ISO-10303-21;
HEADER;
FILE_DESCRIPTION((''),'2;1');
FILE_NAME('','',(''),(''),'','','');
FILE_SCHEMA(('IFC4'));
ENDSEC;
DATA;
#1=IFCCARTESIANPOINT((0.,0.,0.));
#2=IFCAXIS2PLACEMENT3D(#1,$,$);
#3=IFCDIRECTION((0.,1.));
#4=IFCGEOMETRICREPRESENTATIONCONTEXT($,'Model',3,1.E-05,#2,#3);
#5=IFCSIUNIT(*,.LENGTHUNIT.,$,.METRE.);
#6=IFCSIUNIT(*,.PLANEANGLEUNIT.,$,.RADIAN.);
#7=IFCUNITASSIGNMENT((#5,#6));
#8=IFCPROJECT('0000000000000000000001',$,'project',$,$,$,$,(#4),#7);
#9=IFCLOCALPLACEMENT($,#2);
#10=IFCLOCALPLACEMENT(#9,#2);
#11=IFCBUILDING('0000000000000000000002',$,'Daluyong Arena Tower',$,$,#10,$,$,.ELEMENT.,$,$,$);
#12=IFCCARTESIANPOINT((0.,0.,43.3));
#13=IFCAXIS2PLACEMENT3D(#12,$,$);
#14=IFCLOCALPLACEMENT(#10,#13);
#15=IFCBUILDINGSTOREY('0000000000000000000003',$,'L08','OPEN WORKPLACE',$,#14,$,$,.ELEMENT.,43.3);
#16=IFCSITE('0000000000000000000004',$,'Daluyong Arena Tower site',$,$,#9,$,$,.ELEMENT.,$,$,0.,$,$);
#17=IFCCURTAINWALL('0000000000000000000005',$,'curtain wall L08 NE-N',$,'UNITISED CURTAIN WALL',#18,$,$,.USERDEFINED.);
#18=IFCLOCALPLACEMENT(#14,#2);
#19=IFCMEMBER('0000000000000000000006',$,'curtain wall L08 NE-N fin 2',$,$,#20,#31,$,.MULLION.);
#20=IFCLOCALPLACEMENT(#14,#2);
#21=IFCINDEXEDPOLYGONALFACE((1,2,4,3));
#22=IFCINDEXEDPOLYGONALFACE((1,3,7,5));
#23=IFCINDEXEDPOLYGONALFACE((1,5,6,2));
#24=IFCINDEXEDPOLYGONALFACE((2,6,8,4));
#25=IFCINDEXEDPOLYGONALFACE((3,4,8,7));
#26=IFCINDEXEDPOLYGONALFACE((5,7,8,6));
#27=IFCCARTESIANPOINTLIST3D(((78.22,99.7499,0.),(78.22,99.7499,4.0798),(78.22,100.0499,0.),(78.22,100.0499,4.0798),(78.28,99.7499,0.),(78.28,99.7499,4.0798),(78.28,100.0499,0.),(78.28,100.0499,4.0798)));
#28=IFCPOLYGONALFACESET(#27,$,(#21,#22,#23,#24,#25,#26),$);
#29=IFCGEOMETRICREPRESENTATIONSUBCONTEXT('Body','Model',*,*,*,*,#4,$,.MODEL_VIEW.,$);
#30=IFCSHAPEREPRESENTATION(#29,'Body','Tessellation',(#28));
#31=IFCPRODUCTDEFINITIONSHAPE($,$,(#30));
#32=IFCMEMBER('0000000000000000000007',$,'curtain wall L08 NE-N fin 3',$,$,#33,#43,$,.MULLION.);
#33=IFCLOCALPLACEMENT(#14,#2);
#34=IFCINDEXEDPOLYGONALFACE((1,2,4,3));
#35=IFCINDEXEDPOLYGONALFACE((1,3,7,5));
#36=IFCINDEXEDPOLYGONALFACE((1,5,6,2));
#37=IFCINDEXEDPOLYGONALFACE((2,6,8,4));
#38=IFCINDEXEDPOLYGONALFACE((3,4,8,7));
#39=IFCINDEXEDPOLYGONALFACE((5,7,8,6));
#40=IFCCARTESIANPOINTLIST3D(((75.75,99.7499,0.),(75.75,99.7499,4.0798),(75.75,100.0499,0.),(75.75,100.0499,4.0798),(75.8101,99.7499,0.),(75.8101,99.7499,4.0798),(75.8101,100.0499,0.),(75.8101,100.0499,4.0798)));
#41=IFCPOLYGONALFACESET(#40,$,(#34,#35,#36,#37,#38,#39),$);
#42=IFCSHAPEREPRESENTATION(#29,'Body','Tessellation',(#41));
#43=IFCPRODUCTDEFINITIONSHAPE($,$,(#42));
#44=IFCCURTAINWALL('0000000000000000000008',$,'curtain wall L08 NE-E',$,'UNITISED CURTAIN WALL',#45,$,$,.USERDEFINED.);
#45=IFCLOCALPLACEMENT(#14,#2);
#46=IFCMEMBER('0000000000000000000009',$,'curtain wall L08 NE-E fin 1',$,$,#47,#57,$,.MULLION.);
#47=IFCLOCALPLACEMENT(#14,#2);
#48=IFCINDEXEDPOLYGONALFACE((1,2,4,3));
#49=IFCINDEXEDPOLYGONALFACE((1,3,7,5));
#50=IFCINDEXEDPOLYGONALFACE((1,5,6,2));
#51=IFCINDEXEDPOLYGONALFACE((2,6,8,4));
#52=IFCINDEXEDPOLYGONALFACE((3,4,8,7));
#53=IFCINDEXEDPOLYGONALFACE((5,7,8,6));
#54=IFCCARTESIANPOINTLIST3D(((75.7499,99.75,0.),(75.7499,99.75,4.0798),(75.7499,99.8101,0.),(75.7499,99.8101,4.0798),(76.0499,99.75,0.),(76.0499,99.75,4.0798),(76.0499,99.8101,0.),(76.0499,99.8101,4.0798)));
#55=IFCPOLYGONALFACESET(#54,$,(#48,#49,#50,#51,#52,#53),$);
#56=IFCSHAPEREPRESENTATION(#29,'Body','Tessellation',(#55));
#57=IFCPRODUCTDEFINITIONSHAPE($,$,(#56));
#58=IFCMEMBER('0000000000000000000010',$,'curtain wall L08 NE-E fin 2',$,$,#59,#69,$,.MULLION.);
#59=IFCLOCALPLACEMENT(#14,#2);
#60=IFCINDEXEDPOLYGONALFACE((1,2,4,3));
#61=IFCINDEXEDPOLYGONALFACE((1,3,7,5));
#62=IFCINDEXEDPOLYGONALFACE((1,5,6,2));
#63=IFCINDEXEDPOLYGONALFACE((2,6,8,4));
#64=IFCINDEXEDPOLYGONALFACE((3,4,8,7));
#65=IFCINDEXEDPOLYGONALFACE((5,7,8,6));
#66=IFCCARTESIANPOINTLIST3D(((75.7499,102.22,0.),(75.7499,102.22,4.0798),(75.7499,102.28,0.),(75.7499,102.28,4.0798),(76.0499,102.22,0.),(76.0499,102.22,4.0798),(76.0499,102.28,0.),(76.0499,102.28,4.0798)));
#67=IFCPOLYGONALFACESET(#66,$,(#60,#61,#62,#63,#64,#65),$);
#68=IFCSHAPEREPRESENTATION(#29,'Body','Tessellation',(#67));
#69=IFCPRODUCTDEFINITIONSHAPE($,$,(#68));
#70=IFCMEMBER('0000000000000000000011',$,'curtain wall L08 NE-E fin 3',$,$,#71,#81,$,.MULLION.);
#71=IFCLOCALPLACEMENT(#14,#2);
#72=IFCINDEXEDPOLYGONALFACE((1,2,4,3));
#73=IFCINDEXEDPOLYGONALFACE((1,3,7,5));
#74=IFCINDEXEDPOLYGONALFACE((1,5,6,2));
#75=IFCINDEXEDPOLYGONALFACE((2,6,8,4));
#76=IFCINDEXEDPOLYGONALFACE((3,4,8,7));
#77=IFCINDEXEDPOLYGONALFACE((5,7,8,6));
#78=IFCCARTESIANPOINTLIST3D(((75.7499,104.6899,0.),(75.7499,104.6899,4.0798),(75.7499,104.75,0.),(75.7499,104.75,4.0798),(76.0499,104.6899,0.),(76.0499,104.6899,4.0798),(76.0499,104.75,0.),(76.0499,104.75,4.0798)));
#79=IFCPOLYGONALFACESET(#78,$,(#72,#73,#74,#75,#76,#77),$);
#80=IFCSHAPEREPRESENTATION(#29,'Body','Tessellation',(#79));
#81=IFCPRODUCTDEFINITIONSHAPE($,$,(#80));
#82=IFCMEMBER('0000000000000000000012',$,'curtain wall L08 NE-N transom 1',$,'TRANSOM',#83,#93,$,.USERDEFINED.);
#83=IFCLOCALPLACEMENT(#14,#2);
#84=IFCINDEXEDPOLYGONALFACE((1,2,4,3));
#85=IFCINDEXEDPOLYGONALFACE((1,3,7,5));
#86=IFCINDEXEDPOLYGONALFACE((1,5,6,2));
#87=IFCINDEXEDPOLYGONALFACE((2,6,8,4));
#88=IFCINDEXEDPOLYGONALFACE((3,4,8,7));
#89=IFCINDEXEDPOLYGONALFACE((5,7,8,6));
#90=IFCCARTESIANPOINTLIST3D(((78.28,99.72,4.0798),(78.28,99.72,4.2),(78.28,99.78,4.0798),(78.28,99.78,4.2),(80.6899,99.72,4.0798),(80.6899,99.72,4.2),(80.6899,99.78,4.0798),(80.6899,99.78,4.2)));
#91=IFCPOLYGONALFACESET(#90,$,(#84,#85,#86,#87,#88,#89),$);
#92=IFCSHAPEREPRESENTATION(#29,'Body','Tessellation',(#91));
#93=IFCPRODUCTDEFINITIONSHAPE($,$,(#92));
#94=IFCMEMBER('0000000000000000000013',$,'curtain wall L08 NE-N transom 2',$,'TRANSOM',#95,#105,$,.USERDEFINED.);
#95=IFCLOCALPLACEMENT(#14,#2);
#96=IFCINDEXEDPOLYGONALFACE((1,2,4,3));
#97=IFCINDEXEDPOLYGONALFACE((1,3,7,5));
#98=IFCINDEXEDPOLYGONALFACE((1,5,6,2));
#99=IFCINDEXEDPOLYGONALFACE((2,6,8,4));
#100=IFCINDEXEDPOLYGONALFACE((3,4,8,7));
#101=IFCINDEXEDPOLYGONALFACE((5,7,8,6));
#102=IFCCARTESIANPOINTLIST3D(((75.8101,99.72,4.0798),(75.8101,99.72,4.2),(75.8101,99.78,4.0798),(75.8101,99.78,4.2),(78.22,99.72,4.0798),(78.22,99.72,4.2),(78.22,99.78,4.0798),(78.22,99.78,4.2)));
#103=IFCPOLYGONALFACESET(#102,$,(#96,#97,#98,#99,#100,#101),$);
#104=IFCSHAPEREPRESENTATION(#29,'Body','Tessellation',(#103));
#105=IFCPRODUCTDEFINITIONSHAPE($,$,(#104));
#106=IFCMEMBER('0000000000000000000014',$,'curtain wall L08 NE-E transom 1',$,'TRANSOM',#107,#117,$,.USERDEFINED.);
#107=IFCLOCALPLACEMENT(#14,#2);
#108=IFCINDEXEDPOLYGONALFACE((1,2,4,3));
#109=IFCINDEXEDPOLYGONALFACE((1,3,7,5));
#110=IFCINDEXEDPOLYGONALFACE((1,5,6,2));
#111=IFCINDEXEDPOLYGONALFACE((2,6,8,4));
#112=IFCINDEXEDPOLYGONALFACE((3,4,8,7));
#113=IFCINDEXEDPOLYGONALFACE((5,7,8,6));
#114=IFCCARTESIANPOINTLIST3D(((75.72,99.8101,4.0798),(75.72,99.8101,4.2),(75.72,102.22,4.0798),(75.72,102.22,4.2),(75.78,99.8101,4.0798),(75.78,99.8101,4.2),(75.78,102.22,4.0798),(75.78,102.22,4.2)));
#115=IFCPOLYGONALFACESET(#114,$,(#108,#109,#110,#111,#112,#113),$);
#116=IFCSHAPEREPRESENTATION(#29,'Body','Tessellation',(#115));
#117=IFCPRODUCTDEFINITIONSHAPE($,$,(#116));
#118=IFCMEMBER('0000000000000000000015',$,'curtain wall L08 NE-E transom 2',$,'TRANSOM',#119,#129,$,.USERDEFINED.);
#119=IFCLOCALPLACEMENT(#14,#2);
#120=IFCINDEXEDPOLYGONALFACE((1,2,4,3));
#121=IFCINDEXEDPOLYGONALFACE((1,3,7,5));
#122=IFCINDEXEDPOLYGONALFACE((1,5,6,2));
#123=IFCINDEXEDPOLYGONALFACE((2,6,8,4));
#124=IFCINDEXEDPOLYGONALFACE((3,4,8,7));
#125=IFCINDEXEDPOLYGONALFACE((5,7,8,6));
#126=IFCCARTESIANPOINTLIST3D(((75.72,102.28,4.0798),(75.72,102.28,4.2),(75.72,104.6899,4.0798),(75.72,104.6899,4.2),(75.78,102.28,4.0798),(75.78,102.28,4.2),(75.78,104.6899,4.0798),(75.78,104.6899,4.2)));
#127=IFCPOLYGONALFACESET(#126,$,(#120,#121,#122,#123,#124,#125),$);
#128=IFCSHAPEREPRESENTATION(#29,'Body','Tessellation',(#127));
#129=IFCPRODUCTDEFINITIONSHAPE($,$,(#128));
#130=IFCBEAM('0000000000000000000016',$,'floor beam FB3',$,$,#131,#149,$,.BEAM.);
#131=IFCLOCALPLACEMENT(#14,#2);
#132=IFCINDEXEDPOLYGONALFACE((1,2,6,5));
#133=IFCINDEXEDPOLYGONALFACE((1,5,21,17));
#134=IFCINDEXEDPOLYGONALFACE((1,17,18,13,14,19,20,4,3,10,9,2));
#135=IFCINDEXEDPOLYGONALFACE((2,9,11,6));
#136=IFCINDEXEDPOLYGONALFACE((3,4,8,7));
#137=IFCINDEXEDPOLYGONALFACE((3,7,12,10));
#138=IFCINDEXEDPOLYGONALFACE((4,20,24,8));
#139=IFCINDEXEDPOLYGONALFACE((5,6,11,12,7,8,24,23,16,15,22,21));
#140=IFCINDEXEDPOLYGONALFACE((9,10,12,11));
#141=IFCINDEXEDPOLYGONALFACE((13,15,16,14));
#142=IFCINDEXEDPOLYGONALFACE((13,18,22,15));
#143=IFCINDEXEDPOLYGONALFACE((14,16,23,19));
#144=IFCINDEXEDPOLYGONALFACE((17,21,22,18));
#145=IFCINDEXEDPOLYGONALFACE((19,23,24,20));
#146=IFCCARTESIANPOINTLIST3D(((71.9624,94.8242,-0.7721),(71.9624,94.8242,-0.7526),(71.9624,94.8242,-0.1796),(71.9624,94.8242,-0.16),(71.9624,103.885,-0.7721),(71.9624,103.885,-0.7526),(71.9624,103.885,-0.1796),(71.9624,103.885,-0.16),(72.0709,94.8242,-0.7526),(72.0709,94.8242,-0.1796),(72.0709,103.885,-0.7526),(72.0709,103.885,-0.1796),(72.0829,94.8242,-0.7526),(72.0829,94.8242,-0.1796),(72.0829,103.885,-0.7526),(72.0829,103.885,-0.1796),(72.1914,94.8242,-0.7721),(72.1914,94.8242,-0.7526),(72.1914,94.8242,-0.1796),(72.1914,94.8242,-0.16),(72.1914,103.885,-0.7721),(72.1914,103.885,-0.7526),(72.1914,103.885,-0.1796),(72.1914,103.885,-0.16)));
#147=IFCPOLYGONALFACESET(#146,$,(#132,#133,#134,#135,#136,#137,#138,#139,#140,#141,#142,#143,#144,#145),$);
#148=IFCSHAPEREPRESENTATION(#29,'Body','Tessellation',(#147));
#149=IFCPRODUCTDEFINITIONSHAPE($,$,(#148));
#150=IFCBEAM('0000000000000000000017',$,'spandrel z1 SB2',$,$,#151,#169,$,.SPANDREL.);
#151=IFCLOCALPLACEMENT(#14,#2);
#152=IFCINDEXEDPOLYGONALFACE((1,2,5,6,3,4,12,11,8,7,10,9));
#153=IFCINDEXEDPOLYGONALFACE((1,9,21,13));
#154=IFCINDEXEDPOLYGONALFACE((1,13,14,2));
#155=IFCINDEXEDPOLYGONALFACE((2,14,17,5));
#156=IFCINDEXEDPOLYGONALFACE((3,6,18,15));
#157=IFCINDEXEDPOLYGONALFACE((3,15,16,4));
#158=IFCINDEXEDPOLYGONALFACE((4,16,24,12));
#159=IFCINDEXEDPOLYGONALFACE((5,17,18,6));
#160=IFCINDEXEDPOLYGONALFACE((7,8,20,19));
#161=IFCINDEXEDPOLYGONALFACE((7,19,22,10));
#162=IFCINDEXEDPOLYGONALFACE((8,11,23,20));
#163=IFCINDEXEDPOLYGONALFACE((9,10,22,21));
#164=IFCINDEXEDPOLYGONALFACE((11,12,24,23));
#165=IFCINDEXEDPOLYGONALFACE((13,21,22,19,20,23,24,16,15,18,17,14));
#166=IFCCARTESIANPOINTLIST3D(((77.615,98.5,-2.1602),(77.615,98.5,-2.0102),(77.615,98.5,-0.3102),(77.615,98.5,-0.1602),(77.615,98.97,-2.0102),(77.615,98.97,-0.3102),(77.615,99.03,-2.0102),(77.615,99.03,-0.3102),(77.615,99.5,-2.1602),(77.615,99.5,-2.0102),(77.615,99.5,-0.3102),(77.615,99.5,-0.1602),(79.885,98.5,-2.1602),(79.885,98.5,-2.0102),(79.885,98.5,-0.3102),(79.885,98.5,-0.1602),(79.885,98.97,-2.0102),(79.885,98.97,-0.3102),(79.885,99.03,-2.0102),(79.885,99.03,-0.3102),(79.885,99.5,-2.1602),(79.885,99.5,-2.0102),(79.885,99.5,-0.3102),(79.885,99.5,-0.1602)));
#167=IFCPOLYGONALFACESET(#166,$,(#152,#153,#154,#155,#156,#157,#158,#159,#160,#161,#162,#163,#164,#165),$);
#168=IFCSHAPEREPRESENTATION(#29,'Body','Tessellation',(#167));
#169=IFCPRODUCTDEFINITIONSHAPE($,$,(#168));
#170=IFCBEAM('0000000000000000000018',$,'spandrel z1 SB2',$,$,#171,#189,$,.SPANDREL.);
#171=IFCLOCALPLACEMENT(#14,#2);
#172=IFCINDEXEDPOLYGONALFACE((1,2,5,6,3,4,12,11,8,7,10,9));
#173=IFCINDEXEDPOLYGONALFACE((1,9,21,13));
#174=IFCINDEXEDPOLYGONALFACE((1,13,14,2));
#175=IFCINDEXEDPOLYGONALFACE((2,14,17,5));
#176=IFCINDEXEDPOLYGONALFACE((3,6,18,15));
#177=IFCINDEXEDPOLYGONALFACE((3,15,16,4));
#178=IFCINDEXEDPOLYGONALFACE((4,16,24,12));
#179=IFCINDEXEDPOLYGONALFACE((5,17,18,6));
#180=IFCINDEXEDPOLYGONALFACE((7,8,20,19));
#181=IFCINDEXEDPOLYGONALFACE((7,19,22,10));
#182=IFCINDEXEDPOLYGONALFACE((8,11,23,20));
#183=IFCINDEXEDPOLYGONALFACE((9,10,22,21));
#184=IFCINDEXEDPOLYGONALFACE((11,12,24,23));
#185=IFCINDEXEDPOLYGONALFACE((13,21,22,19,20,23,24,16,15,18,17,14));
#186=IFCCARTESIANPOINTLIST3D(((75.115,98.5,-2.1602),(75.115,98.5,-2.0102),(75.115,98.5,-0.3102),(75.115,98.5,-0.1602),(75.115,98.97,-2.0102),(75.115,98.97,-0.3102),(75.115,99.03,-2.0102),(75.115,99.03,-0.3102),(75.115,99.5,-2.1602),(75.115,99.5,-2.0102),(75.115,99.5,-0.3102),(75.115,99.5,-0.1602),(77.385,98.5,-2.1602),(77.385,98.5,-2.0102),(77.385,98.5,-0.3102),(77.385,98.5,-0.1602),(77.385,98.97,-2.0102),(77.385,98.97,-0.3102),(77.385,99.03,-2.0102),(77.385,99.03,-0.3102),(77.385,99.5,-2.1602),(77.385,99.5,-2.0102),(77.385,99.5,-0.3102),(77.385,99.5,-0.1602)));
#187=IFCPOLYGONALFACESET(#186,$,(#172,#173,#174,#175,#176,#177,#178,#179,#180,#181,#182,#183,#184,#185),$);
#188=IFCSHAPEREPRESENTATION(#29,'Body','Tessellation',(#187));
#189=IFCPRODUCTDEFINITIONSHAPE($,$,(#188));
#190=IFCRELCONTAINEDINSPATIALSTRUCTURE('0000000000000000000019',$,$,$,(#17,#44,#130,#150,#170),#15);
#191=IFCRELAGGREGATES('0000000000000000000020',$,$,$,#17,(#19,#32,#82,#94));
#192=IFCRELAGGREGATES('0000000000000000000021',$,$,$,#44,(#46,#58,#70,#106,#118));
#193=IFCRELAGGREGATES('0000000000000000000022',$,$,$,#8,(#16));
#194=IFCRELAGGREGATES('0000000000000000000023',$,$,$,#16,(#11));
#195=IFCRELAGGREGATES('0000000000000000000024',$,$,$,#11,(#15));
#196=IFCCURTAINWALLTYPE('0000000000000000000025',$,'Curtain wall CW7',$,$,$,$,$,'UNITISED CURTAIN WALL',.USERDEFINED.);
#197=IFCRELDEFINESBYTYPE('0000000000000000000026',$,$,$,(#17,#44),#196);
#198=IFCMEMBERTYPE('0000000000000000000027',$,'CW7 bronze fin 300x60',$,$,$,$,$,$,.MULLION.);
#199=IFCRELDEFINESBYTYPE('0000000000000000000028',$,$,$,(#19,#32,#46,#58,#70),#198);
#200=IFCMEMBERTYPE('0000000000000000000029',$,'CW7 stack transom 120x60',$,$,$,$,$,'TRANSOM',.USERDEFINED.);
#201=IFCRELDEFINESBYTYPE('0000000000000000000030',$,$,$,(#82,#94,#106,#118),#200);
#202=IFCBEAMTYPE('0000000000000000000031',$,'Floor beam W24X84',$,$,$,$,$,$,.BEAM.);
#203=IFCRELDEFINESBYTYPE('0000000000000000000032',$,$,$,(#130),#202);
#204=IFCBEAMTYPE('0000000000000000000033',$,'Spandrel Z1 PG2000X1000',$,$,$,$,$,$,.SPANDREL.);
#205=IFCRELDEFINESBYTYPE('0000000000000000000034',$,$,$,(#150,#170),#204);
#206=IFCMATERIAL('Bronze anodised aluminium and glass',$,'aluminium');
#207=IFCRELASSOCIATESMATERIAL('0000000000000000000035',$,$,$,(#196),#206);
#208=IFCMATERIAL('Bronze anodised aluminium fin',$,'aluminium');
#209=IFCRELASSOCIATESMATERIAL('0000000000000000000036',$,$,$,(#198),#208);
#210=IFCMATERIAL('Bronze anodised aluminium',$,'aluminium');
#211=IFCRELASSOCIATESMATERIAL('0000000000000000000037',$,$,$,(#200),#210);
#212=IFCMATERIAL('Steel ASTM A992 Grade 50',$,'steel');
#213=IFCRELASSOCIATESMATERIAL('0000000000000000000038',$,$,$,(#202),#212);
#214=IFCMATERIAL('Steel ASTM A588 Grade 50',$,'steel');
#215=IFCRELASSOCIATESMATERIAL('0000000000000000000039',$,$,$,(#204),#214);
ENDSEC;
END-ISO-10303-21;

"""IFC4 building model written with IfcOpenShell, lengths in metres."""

from ifc_helpers import new_model, si_unit, direction, frame, origin, origin_2d, place, context, subcontext, project, spatial, rectangle, i_section, extrude, material, material_profile, profile_set, type_object, element, aggregate, save


model = new_model("IFC4")

# Units and contexts
model_context = context("Model", 3, precision=1e-05, world=origin(), true_north=direction((0.0, 1.0)))
body_context = subcontext(model_context, "Body", "Model", "MODEL_VIEW")
ifc_project = project(units=[si_unit("LENGTHUNIT", "METRE"), si_unit("PLANEANGLEUNIT", "RADIAN")], contexts=[model_context])

# Site, building, storey
site_placement = place(None, origin())
site = spatial("IfcSite", under=ifc_project, at=site_placement, Name="Daluyong Arena Tower site", CompositionType="ELEMENT", RefElevation=0.0)
building_placement = place(site_placement, origin())
building = spatial("IfcBuilding", under=site, at=building_placement, Name="Daluyong Arena Tower", CompositionType="ELEMENT")
storey_placement = place(building_placement, frame((0.0, 0.0, 43.3)))
storey = spatial("IfcBuildingStorey", under=building, at=storey_placement, Name="L08", Description="OPEN WORKPLACE", CompositionType="ELEMENT", Elevation=43.3)

# Curtain walls, members
ifc_material_1 = material(Name="Bronze anodised aluminium and glass", Category="aluminium")
curtain_wall_type_1 = type_object("IfcCurtainWallType", Name="Curtain wall CW7", ElementType="UNITISED CURTAIN WALL", PredefinedType="USERDEFINED", material=ifc_material_1)
curtain_wall_1_placement = place(storey_placement, origin())
curtain_wall_1 = element("IfcCurtainWall", 1, at=curtain_wall_1_placement, inside=storey, type_object=curtain_wall_type_1, Name="curtain wall L08 NE-N", ObjectType="UNITISED CURTAIN WALL", PredefinedType="USERDEFINED")
ifc_material_2 = material(Name="Bronze anodised aluminium fin", Category="aluminium")
ifc_material_profile_1 = material_profile(ifc_material_2, rectangle(XDim=0.3, YDim=0.0601, at=origin_2d()))
ifc_profile_set_1 = profile_set([ifc_material_profile_1], Name="Bronze anodised aluminium fin")
member_type_1 = type_object("IfcMemberType", Name="CW7 bronze fin 300x60", PredefinedType="MULLION", material=ifc_profile_set_1)
member_1_placement = place(storey_placement, frame((78.25, 99.8999, 0.0), z_axis=(0.0, 0.0, 1.0), x_axis=(0.0, -1.0, 0.0)))
member_1 = element("IfcMember", 2, at=member_1_placement, type_object=member_type_1, Name="curtain wall L08 NE-N fin 2", PredefinedType="MULLION", context=body_context, shape_type="SweptSolid", body=[
    extrude(rectangle(XDim=0.3, YDim=0.0601, at=origin_2d()), origin(), (0.0, 0.0, 1.0), 4.0798),
])
member_2_placement = place(storey_placement, frame((75.78, 99.8999, 0.0), z_axis=(0.0, 0.0, 1.0), x_axis=(0.0, -1.0, 0.0)))
member_2 = element("IfcMember", 3, at=member_2_placement, type_object=member_type_1, Name="curtain wall L08 NE-N fin 3", PredefinedType="MULLION", context=body_context, shape_type="SweptSolid", body=[
    extrude(rectangle(XDim=0.3, YDim=0.0601, at=origin_2d()), origin(), (0.0, 0.0, 1.0), 4.0798),
])
curtain_wall_2_placement = place(storey_placement, origin())
curtain_wall_2 = element("IfcCurtainWall", 4, at=curtain_wall_2_placement, inside=storey, type_object=curtain_wall_type_1, Name="curtain wall L08 NE-E", ObjectType="UNITISED CURTAIN WALL", PredefinedType="USERDEFINED")
member_3_placement = place(storey_placement, frame((75.8999, 99.78, 0.0), z_axis=(0.0, 0.0, 1.0), x_axis=(-1.0, 0.0, 0.0)))
member_3 = element("IfcMember", 5, at=member_3_placement, type_object=member_type_1, Name="curtain wall L08 NE-E fin 1", PredefinedType="MULLION", context=body_context, shape_type="SweptSolid", body=[
    extrude(rectangle(XDim=0.3, YDim=0.0601, at=origin_2d()), origin(), (0.0, 0.0, 1.0), 4.0798),
])
member_4_placement = place(storey_placement, frame((75.8999, 102.25, 0.0), z_axis=(0.0, 0.0, 1.0), x_axis=(-1.0, 0.0, 0.0)))
member_4 = element("IfcMember", 6, at=member_4_placement, type_object=member_type_1, Name="curtain wall L08 NE-E fin 2", PredefinedType="MULLION", context=body_context, shape_type="SweptSolid", body=[
    extrude(rectangle(XDim=0.3, YDim=0.0601, at=origin_2d()), origin(), (0.0, 0.0, 1.0), 4.0798),
])
member_5_placement = place(storey_placement, frame((75.8999, 104.72, 0.0), z_axis=(0.0, 0.0, 1.0), x_axis=(-1.0, 0.0, 0.0)))
member_5 = element("IfcMember", 7, at=member_5_placement, type_object=member_type_1, Name="curtain wall L08 NE-E fin 3", PredefinedType="MULLION", context=body_context, shape_type="SweptSolid", body=[
    extrude(rectangle(XDim=0.3, YDim=0.0601, at=origin_2d()), origin(), (0.0, 0.0, 1.0), 4.0798),
])

# Members
ifc_material_3 = material(Name="Bronze anodised aluminium", Category="aluminium")
ifc_material_profile_2 = material_profile(ifc_material_3, rectangle(XDim=0.0601, YDim=0.1201, at=origin_2d()))
ifc_profile_set_2 = profile_set([ifc_material_profile_2], Name="Bronze anodised aluminium")
member_type_2 = type_object("IfcMemberType", Name="CW7 stack transom 120x60", ElementType="TRANSOM", PredefinedType="USERDEFINED", material=ifc_profile_set_2)
member_6_placement = place(storey_placement, frame((80.6899, 99.75, 4.1399), z_axis=(-1.0, 0.0, 0.0), x_axis=(0.0, -1.0, 0.0)))
member_6 = element("IfcMember", 8, at=member_6_placement, type_object=member_type_2, Name="curtain wall L08 NE-N transom 1", ObjectType="TRANSOM", PredefinedType="USERDEFINED", context=body_context, shape_type="SweptSolid", body=[
    extrude(rectangle(XDim=0.0601, YDim=0.1201, at=origin_2d()), origin(), (0.0, 0.0, 1.0), 2.4099),
])
member_7_placement = place(storey_placement, frame((78.22, 99.75, 4.1399), z_axis=(-1.0, 0.0, 0.0), x_axis=(0.0, -1.0, 0.0)))
member_7 = element("IfcMember", 9, at=member_7_placement, type_object=member_type_2, Name="curtain wall L08 NE-N transom 2", ObjectType="TRANSOM", PredefinedType="USERDEFINED", context=body_context, shape_type="SweptSolid", body=[
    extrude(rectangle(XDim=0.0601, YDim=0.1201, at=origin_2d()), origin(), (0.0, 0.0, 1.0), 2.4099),
])
member_8_placement = place(storey_placement, frame((75.75, 99.8101, 4.1399), z_axis=(0.0, 1.0, 0.0), x_axis=(-1.0, 0.0, 0.0)))
member_8 = element("IfcMember", 10, at=member_8_placement, type_object=member_type_2, Name="curtain wall L08 NE-E transom 1", ObjectType="TRANSOM", PredefinedType="USERDEFINED", context=body_context, shape_type="SweptSolid", body=[
    extrude(rectangle(XDim=0.0601, YDim=0.1201, at=origin_2d()), origin(), (0.0, 0.0, 1.0), 2.4099),
])
member_9_placement = place(storey_placement, frame((75.75, 102.28, 4.1399), z_axis=(0.0, 1.0, 0.0), x_axis=(-1.0, 0.0, 0.0)))
member_9 = element("IfcMember", 11, at=member_9_placement, type_object=member_type_2, Name="curtain wall L08 NE-E transom 2", ObjectType="TRANSOM", PredefinedType="USERDEFINED", context=body_context, shape_type="SweptSolid", body=[
    extrude(rectangle(XDim=0.0601, YDim=0.1201, at=origin_2d()), origin(), (0.0, 0.0, 1.0), 2.4099),
])

# Beams
ifc_material_4 = material(Name="Steel ASTM A992 Grade 50", Category="steel")
ifc_material_profile_3 = material_profile(ifc_material_4, i_section(OverallWidth=0.229, OverallDepth=0.6121, WebThickness=0.012, FlangeThickness=0.0195, at=origin_2d()))
ifc_profile_set_3 = profile_set([ifc_material_profile_3], Name="Steel ASTM A992 Grade 50")
beam_type_1 = type_object("IfcBeamType", Name="Floor beam W24X84", PredefinedType="BEAM", material=ifc_profile_set_3)
beam_placement = place(storey_placement, frame((72.0769, 103.885, -0.4661), z_axis=(0.0, -1.0, 0.0), x_axis=(1.0, 0.0, 0.0)))
element("IfcBeam", 12, at=beam_placement, inside=storey, type_object=beam_type_1, Name="floor beam FB3", PredefinedType="BEAM", context=body_context, shape_type="SweptSolid", body=[
    extrude(i_section(OverallWidth=0.229, OverallDepth=0.6121, WebThickness=0.012, FlangeThickness=0.0195, at=origin_2d()), origin(), (0.0, 0.0, 1.0), 9.0608),
])
ifc_material_5 = material(Name="Steel ASTM A588 Grade 50", Category="steel")
ifc_material_profile_4 = material_profile(ifc_material_5, i_section(OverallWidth=1.0, OverallDepth=2.0, WebThickness=0.06, FlangeThickness=0.15, at=origin_2d()))
ifc_profile_set_4 = profile_set([ifc_material_profile_4], Name="Steel ASTM A588 Grade 50")
beam_type_2 = type_object("IfcBeamType", Name="Spandrel Z1 PG2000X1000", PredefinedType="SPANDREL", material=ifc_profile_set_4)
for number, where, z_axis, x_axis, name in (
    (13, (79.885, 99.0, -1.1602), (-1.0, 0.0, 0.0), (0.0, -1.0, 0.0), "spandrel z1 SB2"),
    (14, (77.385, 99.0, -1.1602), (-1.0, 0.0, 0.0), (0.0, -1.0, 0.0), "spandrel z1 SB2"),
):
    element("IfcBeam", number, at=place(storey_placement, frame(where, z_axis=z_axis, x_axis=x_axis)), inside=storey, type_object=beam_type_2, Name=name, PredefinedType="SPANDREL", context=body_context, shape_type="SweptSolid", body=[
        extrude(i_section(OverallWidth=1.0, OverallDepth=2.0, WebThickness=0.06, FlangeThickness=0.15, at=origin_2d()), origin(), (0.0, 0.0, 1.0), 2.27),
    ])

aggregate(curtain_wall_1, [member_1, member_2, member_6, member_7])
aggregate(curtain_wall_2, [member_3, member_4, member_5, member_8, member_9])

save(model, "model.ifc")
